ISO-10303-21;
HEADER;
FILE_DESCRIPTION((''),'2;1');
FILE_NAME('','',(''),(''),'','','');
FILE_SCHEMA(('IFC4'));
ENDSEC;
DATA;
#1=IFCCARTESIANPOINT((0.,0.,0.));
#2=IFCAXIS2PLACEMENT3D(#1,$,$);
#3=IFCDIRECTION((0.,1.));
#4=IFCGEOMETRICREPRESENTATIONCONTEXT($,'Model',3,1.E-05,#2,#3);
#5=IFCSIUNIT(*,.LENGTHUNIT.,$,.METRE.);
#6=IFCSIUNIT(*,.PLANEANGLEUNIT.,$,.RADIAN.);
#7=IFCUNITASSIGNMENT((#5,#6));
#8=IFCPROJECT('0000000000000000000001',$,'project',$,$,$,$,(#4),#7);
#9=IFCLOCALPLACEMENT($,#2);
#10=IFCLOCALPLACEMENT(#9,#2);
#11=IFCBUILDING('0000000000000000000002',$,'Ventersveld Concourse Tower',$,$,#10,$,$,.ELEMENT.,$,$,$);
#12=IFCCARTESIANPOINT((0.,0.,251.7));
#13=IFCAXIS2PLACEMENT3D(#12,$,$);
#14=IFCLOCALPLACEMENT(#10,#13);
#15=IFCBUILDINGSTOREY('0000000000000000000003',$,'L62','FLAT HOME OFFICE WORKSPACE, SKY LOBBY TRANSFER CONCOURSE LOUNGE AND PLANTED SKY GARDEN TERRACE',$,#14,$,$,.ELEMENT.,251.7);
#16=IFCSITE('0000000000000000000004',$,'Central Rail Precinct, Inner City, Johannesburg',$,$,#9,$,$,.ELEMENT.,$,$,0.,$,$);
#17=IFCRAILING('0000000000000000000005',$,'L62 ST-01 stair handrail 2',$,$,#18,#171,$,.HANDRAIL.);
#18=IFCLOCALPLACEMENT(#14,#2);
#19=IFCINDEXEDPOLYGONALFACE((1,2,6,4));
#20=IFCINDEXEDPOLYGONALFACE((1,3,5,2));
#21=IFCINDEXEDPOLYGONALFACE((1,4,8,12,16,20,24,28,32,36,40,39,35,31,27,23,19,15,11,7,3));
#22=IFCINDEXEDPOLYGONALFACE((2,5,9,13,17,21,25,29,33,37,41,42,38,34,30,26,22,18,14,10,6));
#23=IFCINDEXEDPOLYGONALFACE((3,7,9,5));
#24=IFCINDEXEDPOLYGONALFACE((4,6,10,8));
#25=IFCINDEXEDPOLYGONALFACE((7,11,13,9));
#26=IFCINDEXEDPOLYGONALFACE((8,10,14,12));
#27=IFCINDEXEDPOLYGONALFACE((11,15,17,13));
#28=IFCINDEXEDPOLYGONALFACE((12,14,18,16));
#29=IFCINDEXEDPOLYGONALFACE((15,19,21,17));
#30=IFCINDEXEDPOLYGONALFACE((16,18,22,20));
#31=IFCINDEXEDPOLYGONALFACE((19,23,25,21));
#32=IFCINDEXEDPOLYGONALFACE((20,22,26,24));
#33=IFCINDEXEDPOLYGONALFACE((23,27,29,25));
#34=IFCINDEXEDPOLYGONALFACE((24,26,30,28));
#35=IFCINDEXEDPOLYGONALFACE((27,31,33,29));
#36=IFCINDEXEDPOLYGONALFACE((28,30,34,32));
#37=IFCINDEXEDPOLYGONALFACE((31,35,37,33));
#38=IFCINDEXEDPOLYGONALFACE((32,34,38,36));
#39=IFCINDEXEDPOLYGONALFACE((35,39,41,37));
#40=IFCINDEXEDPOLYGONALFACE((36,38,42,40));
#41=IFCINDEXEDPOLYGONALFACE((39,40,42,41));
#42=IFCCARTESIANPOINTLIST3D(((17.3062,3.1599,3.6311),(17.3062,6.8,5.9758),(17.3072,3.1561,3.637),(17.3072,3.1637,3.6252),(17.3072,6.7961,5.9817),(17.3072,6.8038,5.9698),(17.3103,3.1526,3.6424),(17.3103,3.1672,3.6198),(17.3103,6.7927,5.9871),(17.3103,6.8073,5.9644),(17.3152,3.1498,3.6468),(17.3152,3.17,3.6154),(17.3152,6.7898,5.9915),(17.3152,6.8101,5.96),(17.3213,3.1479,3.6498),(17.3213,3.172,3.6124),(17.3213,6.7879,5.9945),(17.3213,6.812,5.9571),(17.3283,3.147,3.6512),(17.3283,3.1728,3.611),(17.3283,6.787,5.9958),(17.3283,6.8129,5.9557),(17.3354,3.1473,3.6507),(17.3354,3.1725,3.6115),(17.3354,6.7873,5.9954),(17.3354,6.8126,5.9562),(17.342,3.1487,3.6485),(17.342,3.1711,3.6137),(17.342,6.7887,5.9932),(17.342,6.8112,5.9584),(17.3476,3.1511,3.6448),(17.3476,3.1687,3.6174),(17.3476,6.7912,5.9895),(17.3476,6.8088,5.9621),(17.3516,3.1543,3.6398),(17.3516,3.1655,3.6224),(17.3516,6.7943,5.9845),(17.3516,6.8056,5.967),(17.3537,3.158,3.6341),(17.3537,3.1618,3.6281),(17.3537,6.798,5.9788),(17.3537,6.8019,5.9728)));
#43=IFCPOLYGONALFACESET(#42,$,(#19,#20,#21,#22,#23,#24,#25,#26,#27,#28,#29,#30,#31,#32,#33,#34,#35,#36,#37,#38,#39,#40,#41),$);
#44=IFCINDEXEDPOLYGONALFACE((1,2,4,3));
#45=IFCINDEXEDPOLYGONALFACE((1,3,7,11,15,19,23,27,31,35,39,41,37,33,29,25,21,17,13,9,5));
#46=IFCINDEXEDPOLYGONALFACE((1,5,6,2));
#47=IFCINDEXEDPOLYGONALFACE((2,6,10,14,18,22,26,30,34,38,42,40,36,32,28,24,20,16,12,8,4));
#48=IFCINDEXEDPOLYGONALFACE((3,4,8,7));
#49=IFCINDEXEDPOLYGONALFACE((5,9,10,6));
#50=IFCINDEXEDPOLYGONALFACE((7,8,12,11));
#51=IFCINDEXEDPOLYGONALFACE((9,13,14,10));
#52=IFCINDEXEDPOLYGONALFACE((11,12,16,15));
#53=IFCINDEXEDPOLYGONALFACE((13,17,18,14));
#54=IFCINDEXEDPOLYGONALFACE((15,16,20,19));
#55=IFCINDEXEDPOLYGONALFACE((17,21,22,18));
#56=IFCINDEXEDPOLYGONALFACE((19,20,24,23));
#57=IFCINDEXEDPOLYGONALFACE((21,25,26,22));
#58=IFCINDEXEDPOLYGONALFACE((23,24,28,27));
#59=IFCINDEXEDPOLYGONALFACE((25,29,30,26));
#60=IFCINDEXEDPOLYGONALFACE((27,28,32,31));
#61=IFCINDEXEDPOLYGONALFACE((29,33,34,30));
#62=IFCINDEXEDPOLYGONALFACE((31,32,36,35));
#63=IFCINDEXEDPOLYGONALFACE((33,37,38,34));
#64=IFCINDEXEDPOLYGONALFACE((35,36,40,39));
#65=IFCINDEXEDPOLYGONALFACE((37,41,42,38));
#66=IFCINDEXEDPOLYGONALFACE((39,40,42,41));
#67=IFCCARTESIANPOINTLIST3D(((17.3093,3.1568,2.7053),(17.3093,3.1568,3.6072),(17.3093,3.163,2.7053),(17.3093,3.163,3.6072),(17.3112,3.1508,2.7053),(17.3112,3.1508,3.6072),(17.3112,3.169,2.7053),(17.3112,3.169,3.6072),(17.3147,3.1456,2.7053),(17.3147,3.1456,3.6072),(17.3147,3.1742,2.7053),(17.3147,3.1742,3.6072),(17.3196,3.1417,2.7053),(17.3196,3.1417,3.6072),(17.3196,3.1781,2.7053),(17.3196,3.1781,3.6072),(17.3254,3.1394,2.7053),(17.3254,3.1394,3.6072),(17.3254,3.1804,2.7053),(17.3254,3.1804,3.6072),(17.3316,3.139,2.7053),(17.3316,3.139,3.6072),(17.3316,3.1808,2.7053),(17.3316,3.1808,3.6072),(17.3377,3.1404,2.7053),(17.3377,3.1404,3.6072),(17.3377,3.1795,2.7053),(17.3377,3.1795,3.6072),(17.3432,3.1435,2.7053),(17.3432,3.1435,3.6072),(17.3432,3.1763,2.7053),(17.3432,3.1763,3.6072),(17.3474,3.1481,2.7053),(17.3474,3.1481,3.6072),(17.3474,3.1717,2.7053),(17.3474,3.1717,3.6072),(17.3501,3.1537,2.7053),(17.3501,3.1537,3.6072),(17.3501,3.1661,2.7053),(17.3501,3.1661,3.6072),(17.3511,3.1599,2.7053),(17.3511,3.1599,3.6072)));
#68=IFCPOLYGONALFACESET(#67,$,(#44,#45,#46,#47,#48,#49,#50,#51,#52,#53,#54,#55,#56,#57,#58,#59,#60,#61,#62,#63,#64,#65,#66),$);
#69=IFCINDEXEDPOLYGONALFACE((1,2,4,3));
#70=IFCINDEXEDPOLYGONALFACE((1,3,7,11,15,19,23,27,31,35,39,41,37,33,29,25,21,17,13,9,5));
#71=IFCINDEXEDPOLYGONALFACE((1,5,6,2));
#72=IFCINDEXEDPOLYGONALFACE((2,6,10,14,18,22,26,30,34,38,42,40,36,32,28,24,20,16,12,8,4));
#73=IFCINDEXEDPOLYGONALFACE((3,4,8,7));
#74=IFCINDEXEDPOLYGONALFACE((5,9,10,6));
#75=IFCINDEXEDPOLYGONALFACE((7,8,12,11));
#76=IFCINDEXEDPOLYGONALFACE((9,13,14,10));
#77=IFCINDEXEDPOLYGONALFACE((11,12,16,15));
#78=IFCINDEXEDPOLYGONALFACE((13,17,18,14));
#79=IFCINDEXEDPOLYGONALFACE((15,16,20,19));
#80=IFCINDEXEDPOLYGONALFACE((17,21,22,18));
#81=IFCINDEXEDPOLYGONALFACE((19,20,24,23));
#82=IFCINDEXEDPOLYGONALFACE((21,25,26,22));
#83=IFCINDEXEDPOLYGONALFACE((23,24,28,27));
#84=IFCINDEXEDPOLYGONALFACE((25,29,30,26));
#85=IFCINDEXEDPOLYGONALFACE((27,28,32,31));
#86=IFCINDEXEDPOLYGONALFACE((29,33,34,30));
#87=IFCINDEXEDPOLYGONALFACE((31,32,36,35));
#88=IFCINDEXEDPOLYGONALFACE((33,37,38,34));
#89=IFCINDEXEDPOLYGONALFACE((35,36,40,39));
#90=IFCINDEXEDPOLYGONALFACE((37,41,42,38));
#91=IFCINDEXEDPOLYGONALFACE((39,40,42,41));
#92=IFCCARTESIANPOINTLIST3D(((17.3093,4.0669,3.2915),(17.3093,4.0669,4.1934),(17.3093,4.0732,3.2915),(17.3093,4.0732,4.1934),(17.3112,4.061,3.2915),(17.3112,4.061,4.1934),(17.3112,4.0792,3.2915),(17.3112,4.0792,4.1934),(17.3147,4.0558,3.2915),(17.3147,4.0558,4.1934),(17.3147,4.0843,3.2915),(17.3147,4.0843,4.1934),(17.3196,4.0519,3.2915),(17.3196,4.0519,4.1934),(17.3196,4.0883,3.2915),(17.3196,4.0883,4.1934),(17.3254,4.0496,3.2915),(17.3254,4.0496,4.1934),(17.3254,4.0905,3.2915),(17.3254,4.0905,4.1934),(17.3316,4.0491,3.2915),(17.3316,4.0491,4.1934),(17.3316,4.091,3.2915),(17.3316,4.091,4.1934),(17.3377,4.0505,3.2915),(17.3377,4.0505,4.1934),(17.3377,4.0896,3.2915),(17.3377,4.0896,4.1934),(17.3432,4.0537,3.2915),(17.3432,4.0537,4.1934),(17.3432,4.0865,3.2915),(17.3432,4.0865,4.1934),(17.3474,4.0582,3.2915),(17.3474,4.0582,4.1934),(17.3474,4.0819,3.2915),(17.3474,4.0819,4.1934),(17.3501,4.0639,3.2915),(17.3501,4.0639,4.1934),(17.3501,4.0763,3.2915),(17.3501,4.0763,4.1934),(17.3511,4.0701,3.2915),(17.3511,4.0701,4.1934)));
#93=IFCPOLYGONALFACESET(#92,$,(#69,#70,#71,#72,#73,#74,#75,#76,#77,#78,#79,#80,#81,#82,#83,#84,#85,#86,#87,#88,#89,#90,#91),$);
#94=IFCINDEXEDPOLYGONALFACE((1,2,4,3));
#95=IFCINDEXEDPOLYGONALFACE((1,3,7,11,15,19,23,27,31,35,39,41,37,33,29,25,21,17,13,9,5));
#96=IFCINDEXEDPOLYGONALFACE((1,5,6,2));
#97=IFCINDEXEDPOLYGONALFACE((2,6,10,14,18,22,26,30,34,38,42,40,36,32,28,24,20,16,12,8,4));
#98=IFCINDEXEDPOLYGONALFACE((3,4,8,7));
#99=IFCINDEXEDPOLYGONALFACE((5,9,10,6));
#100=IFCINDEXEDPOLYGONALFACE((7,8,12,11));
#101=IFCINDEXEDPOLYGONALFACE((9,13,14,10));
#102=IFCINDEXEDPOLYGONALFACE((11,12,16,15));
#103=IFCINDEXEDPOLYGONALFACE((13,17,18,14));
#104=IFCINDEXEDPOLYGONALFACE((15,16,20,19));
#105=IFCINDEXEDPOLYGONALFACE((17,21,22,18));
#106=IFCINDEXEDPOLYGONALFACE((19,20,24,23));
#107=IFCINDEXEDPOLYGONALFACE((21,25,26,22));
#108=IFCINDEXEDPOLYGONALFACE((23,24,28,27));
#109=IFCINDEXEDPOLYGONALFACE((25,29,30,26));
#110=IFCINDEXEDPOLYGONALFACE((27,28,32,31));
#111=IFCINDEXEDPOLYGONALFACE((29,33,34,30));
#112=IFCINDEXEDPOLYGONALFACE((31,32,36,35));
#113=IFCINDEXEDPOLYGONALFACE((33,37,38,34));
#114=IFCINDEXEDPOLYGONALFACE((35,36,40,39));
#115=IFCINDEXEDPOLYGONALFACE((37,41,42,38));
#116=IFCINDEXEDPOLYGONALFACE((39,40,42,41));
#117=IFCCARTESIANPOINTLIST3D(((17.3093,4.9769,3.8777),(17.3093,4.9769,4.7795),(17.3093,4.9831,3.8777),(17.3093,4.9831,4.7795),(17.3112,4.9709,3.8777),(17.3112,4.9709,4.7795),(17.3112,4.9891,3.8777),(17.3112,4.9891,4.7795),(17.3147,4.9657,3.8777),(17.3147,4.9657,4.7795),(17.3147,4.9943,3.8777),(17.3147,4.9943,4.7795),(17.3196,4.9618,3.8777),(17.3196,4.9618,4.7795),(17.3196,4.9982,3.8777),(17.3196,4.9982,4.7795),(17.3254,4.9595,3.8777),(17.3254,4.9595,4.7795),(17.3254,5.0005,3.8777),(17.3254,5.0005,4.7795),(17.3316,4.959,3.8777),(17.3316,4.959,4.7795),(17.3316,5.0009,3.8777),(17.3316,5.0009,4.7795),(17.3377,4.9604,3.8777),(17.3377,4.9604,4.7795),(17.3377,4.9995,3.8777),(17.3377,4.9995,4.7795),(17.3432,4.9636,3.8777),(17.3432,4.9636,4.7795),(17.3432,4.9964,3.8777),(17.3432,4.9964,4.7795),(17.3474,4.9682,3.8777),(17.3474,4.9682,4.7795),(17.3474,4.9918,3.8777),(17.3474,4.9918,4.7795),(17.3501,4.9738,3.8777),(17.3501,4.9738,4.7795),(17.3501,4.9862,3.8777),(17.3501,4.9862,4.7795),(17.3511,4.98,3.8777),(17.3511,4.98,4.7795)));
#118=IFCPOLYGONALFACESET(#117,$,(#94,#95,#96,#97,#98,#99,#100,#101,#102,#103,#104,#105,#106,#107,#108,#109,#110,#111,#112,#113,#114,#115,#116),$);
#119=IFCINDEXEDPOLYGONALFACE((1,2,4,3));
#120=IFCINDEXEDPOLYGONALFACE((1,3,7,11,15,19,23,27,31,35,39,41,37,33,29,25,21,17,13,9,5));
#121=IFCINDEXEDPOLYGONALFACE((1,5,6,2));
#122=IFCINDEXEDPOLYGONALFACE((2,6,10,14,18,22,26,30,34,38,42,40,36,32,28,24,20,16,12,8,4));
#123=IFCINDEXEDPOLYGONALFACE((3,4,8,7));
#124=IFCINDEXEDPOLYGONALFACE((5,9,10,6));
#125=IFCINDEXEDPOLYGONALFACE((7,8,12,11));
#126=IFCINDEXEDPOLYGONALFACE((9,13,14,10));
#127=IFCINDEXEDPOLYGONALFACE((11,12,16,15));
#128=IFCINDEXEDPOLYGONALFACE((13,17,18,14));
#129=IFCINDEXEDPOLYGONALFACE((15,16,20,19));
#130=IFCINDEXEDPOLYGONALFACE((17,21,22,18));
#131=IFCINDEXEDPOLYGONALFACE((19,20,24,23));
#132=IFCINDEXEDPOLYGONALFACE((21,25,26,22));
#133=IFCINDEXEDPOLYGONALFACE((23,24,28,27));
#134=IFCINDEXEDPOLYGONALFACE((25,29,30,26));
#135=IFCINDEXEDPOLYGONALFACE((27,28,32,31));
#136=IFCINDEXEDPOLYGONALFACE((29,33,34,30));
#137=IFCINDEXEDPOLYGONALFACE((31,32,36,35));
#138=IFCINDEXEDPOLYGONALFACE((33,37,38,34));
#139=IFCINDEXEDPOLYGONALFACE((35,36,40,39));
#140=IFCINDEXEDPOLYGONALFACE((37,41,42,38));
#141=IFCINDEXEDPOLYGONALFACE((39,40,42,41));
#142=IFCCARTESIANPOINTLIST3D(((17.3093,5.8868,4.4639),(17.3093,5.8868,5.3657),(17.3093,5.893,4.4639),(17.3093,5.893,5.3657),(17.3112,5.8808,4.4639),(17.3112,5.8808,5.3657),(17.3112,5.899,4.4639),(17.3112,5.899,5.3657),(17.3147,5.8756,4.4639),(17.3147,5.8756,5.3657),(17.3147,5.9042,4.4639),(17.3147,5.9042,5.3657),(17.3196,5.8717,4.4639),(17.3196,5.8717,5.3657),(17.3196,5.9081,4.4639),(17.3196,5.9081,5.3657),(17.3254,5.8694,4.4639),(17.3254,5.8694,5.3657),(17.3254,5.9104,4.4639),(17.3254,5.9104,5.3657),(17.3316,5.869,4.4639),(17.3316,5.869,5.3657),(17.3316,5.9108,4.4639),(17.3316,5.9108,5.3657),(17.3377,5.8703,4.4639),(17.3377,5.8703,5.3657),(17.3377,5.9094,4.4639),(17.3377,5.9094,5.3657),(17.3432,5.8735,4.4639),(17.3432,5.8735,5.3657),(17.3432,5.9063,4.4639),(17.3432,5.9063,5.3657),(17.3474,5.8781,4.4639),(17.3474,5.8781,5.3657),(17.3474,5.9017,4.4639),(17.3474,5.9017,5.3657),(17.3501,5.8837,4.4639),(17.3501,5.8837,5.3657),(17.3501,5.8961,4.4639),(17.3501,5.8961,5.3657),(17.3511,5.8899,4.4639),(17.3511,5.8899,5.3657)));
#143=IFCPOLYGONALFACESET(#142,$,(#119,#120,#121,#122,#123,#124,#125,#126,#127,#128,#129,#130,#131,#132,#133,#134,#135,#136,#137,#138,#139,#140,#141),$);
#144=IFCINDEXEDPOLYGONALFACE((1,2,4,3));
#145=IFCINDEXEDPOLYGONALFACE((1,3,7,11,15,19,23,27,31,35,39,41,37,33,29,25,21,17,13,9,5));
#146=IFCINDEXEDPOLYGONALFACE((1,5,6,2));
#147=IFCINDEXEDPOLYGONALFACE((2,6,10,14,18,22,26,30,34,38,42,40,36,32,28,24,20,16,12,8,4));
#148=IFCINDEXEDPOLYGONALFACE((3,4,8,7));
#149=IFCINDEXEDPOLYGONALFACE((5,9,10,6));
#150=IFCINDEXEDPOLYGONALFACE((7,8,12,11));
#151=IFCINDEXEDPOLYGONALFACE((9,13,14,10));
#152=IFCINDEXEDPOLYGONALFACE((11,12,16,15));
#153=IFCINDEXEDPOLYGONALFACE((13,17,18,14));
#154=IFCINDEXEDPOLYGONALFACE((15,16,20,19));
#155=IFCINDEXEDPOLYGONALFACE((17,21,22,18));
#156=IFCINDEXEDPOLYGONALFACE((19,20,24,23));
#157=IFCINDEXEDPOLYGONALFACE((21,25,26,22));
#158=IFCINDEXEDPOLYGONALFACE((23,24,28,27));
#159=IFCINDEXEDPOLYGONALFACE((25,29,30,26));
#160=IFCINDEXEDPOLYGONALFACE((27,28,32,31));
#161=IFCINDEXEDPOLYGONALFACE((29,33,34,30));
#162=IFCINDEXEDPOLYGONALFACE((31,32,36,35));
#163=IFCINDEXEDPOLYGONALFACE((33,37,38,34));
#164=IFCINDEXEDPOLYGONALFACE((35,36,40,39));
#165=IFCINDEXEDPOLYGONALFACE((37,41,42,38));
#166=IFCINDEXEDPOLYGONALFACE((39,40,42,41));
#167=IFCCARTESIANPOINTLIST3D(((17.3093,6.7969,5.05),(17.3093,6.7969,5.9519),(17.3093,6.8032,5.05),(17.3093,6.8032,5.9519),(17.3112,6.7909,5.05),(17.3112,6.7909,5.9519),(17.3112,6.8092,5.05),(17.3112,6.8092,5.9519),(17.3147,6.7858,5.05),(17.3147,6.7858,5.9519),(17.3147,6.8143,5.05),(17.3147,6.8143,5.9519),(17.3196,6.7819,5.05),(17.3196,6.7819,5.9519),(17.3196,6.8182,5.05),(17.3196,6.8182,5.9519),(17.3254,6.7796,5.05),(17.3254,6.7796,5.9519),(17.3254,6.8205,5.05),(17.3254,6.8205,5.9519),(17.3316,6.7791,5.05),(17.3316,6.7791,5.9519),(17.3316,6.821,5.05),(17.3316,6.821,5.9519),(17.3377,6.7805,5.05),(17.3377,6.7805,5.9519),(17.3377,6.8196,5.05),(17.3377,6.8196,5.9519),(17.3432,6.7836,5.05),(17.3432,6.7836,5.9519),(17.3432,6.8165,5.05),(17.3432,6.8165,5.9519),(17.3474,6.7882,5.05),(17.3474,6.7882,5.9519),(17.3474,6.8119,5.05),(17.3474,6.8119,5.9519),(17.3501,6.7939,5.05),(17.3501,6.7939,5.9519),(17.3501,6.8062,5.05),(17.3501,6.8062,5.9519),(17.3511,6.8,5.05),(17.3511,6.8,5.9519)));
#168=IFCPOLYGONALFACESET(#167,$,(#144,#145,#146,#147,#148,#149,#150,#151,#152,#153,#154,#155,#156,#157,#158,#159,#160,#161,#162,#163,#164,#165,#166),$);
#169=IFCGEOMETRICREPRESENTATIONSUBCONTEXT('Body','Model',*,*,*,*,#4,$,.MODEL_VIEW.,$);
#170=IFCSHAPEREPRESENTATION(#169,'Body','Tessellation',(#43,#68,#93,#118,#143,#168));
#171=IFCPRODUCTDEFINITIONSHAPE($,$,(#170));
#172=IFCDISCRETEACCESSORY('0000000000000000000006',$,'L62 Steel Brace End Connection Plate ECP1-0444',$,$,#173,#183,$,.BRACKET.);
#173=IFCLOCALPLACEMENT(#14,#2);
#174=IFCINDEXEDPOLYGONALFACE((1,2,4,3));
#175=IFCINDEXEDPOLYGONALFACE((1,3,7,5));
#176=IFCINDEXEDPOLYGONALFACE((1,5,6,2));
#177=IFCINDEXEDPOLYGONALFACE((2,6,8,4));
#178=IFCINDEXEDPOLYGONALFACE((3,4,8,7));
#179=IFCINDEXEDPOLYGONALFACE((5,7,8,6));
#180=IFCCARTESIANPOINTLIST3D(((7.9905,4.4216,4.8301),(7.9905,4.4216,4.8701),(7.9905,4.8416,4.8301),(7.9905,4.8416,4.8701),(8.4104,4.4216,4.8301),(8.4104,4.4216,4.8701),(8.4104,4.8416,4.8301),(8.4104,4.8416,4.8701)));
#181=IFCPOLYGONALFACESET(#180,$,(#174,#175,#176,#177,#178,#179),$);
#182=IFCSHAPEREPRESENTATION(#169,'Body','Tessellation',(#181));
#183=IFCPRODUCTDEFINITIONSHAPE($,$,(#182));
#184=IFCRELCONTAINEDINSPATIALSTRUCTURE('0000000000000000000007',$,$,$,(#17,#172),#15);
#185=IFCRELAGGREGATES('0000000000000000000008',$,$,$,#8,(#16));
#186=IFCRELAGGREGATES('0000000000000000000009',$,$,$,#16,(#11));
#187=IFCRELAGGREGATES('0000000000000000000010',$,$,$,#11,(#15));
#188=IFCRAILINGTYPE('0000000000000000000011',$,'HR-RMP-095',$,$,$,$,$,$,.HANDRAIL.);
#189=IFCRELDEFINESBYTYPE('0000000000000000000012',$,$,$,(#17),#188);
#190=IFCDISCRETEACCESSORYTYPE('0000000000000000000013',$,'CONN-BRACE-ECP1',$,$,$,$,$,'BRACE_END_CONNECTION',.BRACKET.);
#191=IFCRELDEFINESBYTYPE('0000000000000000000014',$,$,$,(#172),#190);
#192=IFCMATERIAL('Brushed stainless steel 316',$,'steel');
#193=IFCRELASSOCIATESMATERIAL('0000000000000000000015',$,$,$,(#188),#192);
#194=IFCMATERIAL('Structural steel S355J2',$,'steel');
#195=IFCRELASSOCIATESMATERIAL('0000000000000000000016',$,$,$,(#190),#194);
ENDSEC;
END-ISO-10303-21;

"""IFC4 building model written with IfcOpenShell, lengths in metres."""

from ifc_helpers import new_model, si_unit, direction, frame, origin, origin_2d, place, context, subcontext, project, spatial, rectangle, circle, extrude, material, type_object, element, save


model = new_model("IFC4")

# Units and contexts
model_context = context("Model", 3, precision=1e-05, world=origin(), true_north=direction((0.0, 1.0)))
body_context = subcontext(model_context, "Body", "Model", "MODEL_VIEW")
ifc_project = project(units=[si_unit("LENGTHUNIT", "METRE"), si_unit("PLANEANGLEUNIT", "RADIAN")], contexts=[model_context])

# Site, building, storey
site_placement = place(None, origin())
site = spatial("IfcSite", under=ifc_project, at=site_placement, Name="Central Rail Precinct, Inner City, Johannesburg", CompositionType="ELEMENT", RefElevation=0.0)
building_placement = place(site_placement, origin())
building = spatial("IfcBuilding", under=site, at=building_placement, Name="Ventersveld Concourse Tower", CompositionType="ELEMENT")
storey_placement = place(building_placement, frame((0.0, 0.0, 251.7)))
storey = spatial("IfcBuildingStorey", under=building, at=storey_placement, Name="L62", Description="FLAT HOME OFFICE WORKSPACE, SKY LOBBY TRANSFER CONCOURSE LOUNGE AND PLANTED SKY GARDEN TERRACE", CompositionType="ELEMENT", Elevation=251.7)

# Shared definitions
ifc_material_1 = material(Name="Structural steel S355J2", Category="steel")

# Railing
ifc_material_2 = material(Name="Brushed stainless steel 316", Category="steel")
railing_type_1 = type_object("IfcRailingType", Name="HR-RMP-095", PredefinedType="HANDRAIL", material=ifc_material_2)
railing_1_placement = place(storey_placement, frame((17.3301, 3.1599, 2.7053)))
element("IfcRailing", 1, at=railing_1_placement, inside=storey, type_object=railing_type_1, Name="L62 ST-01 stair handrail 2", PredefinedType="HANDRAIL", context=body_context, shape_type="SweptSolid", body=[
    extrude(circle(Radius=0.0239, at=origin_2d()), frame((0.0, 0.0, 0.9258), z_axis=(0.0, 0.840691, 0.541515), x_axis=(-1.0, 0.0, 0.0)), (0.0, 0.0, 1.0), 4.3298),
    extrude(circle(Radius=0.021, at=origin_2d()), origin(), (0.0, 0.0, 1.0), 0.9019),
    extrude(circle(Radius=0.021, at=origin_2d()), frame((0.0, 0.9102, 0.5862)), (0.0, 0.0, 1.0), 0.9019),
    extrude(circle(Radius=0.021, at=origin_2d()), frame((0.0, 1.8201, 1.1724)), (0.0, 0.0, 1.0), 0.9019),
    extrude(circle(Radius=0.021, at=origin_2d()), frame((0.0, 2.73, 1.7585)), (0.0, 0.0, 1.0), 0.9019),
    extrude(circle(Radius=0.021, at=origin_2d()), frame((0.0, 3.6401, 2.3447)), (0.0, 0.0, 1.0), 0.9019),
])

# Discrete accessory
discrete_accessory_type = type_object("IfcDiscreteAccessoryType", Name="CONN-BRACE-ECP1", ElementType="BRACE_END_CONNECTION", PredefinedType="BRACKET", material=ifc_material_1)
discrete_accessory_placement = place(storey_placement, frame((8.2004, 4.6316, 4.8301), z_axis=(0.0, 0.0, 1.0), x_axis=(1.0, 0.0, 0.0)))
element("IfcDiscreteAccessory", 2, at=discrete_accessory_placement, inside=storey, type_object=discrete_accessory_type, Name="L62 Steel Brace End Connection Plate ECP1-0444", PredefinedType="BRACKET", context=body_context, shape_type="SweptSolid", body=[
    extrude(rectangle(XDim=0.4199, YDim=0.4199, at=origin_2d()), origin(), (0.0, 0.0, 1.0), 0.04),
])

save(model, "model.ifc")
